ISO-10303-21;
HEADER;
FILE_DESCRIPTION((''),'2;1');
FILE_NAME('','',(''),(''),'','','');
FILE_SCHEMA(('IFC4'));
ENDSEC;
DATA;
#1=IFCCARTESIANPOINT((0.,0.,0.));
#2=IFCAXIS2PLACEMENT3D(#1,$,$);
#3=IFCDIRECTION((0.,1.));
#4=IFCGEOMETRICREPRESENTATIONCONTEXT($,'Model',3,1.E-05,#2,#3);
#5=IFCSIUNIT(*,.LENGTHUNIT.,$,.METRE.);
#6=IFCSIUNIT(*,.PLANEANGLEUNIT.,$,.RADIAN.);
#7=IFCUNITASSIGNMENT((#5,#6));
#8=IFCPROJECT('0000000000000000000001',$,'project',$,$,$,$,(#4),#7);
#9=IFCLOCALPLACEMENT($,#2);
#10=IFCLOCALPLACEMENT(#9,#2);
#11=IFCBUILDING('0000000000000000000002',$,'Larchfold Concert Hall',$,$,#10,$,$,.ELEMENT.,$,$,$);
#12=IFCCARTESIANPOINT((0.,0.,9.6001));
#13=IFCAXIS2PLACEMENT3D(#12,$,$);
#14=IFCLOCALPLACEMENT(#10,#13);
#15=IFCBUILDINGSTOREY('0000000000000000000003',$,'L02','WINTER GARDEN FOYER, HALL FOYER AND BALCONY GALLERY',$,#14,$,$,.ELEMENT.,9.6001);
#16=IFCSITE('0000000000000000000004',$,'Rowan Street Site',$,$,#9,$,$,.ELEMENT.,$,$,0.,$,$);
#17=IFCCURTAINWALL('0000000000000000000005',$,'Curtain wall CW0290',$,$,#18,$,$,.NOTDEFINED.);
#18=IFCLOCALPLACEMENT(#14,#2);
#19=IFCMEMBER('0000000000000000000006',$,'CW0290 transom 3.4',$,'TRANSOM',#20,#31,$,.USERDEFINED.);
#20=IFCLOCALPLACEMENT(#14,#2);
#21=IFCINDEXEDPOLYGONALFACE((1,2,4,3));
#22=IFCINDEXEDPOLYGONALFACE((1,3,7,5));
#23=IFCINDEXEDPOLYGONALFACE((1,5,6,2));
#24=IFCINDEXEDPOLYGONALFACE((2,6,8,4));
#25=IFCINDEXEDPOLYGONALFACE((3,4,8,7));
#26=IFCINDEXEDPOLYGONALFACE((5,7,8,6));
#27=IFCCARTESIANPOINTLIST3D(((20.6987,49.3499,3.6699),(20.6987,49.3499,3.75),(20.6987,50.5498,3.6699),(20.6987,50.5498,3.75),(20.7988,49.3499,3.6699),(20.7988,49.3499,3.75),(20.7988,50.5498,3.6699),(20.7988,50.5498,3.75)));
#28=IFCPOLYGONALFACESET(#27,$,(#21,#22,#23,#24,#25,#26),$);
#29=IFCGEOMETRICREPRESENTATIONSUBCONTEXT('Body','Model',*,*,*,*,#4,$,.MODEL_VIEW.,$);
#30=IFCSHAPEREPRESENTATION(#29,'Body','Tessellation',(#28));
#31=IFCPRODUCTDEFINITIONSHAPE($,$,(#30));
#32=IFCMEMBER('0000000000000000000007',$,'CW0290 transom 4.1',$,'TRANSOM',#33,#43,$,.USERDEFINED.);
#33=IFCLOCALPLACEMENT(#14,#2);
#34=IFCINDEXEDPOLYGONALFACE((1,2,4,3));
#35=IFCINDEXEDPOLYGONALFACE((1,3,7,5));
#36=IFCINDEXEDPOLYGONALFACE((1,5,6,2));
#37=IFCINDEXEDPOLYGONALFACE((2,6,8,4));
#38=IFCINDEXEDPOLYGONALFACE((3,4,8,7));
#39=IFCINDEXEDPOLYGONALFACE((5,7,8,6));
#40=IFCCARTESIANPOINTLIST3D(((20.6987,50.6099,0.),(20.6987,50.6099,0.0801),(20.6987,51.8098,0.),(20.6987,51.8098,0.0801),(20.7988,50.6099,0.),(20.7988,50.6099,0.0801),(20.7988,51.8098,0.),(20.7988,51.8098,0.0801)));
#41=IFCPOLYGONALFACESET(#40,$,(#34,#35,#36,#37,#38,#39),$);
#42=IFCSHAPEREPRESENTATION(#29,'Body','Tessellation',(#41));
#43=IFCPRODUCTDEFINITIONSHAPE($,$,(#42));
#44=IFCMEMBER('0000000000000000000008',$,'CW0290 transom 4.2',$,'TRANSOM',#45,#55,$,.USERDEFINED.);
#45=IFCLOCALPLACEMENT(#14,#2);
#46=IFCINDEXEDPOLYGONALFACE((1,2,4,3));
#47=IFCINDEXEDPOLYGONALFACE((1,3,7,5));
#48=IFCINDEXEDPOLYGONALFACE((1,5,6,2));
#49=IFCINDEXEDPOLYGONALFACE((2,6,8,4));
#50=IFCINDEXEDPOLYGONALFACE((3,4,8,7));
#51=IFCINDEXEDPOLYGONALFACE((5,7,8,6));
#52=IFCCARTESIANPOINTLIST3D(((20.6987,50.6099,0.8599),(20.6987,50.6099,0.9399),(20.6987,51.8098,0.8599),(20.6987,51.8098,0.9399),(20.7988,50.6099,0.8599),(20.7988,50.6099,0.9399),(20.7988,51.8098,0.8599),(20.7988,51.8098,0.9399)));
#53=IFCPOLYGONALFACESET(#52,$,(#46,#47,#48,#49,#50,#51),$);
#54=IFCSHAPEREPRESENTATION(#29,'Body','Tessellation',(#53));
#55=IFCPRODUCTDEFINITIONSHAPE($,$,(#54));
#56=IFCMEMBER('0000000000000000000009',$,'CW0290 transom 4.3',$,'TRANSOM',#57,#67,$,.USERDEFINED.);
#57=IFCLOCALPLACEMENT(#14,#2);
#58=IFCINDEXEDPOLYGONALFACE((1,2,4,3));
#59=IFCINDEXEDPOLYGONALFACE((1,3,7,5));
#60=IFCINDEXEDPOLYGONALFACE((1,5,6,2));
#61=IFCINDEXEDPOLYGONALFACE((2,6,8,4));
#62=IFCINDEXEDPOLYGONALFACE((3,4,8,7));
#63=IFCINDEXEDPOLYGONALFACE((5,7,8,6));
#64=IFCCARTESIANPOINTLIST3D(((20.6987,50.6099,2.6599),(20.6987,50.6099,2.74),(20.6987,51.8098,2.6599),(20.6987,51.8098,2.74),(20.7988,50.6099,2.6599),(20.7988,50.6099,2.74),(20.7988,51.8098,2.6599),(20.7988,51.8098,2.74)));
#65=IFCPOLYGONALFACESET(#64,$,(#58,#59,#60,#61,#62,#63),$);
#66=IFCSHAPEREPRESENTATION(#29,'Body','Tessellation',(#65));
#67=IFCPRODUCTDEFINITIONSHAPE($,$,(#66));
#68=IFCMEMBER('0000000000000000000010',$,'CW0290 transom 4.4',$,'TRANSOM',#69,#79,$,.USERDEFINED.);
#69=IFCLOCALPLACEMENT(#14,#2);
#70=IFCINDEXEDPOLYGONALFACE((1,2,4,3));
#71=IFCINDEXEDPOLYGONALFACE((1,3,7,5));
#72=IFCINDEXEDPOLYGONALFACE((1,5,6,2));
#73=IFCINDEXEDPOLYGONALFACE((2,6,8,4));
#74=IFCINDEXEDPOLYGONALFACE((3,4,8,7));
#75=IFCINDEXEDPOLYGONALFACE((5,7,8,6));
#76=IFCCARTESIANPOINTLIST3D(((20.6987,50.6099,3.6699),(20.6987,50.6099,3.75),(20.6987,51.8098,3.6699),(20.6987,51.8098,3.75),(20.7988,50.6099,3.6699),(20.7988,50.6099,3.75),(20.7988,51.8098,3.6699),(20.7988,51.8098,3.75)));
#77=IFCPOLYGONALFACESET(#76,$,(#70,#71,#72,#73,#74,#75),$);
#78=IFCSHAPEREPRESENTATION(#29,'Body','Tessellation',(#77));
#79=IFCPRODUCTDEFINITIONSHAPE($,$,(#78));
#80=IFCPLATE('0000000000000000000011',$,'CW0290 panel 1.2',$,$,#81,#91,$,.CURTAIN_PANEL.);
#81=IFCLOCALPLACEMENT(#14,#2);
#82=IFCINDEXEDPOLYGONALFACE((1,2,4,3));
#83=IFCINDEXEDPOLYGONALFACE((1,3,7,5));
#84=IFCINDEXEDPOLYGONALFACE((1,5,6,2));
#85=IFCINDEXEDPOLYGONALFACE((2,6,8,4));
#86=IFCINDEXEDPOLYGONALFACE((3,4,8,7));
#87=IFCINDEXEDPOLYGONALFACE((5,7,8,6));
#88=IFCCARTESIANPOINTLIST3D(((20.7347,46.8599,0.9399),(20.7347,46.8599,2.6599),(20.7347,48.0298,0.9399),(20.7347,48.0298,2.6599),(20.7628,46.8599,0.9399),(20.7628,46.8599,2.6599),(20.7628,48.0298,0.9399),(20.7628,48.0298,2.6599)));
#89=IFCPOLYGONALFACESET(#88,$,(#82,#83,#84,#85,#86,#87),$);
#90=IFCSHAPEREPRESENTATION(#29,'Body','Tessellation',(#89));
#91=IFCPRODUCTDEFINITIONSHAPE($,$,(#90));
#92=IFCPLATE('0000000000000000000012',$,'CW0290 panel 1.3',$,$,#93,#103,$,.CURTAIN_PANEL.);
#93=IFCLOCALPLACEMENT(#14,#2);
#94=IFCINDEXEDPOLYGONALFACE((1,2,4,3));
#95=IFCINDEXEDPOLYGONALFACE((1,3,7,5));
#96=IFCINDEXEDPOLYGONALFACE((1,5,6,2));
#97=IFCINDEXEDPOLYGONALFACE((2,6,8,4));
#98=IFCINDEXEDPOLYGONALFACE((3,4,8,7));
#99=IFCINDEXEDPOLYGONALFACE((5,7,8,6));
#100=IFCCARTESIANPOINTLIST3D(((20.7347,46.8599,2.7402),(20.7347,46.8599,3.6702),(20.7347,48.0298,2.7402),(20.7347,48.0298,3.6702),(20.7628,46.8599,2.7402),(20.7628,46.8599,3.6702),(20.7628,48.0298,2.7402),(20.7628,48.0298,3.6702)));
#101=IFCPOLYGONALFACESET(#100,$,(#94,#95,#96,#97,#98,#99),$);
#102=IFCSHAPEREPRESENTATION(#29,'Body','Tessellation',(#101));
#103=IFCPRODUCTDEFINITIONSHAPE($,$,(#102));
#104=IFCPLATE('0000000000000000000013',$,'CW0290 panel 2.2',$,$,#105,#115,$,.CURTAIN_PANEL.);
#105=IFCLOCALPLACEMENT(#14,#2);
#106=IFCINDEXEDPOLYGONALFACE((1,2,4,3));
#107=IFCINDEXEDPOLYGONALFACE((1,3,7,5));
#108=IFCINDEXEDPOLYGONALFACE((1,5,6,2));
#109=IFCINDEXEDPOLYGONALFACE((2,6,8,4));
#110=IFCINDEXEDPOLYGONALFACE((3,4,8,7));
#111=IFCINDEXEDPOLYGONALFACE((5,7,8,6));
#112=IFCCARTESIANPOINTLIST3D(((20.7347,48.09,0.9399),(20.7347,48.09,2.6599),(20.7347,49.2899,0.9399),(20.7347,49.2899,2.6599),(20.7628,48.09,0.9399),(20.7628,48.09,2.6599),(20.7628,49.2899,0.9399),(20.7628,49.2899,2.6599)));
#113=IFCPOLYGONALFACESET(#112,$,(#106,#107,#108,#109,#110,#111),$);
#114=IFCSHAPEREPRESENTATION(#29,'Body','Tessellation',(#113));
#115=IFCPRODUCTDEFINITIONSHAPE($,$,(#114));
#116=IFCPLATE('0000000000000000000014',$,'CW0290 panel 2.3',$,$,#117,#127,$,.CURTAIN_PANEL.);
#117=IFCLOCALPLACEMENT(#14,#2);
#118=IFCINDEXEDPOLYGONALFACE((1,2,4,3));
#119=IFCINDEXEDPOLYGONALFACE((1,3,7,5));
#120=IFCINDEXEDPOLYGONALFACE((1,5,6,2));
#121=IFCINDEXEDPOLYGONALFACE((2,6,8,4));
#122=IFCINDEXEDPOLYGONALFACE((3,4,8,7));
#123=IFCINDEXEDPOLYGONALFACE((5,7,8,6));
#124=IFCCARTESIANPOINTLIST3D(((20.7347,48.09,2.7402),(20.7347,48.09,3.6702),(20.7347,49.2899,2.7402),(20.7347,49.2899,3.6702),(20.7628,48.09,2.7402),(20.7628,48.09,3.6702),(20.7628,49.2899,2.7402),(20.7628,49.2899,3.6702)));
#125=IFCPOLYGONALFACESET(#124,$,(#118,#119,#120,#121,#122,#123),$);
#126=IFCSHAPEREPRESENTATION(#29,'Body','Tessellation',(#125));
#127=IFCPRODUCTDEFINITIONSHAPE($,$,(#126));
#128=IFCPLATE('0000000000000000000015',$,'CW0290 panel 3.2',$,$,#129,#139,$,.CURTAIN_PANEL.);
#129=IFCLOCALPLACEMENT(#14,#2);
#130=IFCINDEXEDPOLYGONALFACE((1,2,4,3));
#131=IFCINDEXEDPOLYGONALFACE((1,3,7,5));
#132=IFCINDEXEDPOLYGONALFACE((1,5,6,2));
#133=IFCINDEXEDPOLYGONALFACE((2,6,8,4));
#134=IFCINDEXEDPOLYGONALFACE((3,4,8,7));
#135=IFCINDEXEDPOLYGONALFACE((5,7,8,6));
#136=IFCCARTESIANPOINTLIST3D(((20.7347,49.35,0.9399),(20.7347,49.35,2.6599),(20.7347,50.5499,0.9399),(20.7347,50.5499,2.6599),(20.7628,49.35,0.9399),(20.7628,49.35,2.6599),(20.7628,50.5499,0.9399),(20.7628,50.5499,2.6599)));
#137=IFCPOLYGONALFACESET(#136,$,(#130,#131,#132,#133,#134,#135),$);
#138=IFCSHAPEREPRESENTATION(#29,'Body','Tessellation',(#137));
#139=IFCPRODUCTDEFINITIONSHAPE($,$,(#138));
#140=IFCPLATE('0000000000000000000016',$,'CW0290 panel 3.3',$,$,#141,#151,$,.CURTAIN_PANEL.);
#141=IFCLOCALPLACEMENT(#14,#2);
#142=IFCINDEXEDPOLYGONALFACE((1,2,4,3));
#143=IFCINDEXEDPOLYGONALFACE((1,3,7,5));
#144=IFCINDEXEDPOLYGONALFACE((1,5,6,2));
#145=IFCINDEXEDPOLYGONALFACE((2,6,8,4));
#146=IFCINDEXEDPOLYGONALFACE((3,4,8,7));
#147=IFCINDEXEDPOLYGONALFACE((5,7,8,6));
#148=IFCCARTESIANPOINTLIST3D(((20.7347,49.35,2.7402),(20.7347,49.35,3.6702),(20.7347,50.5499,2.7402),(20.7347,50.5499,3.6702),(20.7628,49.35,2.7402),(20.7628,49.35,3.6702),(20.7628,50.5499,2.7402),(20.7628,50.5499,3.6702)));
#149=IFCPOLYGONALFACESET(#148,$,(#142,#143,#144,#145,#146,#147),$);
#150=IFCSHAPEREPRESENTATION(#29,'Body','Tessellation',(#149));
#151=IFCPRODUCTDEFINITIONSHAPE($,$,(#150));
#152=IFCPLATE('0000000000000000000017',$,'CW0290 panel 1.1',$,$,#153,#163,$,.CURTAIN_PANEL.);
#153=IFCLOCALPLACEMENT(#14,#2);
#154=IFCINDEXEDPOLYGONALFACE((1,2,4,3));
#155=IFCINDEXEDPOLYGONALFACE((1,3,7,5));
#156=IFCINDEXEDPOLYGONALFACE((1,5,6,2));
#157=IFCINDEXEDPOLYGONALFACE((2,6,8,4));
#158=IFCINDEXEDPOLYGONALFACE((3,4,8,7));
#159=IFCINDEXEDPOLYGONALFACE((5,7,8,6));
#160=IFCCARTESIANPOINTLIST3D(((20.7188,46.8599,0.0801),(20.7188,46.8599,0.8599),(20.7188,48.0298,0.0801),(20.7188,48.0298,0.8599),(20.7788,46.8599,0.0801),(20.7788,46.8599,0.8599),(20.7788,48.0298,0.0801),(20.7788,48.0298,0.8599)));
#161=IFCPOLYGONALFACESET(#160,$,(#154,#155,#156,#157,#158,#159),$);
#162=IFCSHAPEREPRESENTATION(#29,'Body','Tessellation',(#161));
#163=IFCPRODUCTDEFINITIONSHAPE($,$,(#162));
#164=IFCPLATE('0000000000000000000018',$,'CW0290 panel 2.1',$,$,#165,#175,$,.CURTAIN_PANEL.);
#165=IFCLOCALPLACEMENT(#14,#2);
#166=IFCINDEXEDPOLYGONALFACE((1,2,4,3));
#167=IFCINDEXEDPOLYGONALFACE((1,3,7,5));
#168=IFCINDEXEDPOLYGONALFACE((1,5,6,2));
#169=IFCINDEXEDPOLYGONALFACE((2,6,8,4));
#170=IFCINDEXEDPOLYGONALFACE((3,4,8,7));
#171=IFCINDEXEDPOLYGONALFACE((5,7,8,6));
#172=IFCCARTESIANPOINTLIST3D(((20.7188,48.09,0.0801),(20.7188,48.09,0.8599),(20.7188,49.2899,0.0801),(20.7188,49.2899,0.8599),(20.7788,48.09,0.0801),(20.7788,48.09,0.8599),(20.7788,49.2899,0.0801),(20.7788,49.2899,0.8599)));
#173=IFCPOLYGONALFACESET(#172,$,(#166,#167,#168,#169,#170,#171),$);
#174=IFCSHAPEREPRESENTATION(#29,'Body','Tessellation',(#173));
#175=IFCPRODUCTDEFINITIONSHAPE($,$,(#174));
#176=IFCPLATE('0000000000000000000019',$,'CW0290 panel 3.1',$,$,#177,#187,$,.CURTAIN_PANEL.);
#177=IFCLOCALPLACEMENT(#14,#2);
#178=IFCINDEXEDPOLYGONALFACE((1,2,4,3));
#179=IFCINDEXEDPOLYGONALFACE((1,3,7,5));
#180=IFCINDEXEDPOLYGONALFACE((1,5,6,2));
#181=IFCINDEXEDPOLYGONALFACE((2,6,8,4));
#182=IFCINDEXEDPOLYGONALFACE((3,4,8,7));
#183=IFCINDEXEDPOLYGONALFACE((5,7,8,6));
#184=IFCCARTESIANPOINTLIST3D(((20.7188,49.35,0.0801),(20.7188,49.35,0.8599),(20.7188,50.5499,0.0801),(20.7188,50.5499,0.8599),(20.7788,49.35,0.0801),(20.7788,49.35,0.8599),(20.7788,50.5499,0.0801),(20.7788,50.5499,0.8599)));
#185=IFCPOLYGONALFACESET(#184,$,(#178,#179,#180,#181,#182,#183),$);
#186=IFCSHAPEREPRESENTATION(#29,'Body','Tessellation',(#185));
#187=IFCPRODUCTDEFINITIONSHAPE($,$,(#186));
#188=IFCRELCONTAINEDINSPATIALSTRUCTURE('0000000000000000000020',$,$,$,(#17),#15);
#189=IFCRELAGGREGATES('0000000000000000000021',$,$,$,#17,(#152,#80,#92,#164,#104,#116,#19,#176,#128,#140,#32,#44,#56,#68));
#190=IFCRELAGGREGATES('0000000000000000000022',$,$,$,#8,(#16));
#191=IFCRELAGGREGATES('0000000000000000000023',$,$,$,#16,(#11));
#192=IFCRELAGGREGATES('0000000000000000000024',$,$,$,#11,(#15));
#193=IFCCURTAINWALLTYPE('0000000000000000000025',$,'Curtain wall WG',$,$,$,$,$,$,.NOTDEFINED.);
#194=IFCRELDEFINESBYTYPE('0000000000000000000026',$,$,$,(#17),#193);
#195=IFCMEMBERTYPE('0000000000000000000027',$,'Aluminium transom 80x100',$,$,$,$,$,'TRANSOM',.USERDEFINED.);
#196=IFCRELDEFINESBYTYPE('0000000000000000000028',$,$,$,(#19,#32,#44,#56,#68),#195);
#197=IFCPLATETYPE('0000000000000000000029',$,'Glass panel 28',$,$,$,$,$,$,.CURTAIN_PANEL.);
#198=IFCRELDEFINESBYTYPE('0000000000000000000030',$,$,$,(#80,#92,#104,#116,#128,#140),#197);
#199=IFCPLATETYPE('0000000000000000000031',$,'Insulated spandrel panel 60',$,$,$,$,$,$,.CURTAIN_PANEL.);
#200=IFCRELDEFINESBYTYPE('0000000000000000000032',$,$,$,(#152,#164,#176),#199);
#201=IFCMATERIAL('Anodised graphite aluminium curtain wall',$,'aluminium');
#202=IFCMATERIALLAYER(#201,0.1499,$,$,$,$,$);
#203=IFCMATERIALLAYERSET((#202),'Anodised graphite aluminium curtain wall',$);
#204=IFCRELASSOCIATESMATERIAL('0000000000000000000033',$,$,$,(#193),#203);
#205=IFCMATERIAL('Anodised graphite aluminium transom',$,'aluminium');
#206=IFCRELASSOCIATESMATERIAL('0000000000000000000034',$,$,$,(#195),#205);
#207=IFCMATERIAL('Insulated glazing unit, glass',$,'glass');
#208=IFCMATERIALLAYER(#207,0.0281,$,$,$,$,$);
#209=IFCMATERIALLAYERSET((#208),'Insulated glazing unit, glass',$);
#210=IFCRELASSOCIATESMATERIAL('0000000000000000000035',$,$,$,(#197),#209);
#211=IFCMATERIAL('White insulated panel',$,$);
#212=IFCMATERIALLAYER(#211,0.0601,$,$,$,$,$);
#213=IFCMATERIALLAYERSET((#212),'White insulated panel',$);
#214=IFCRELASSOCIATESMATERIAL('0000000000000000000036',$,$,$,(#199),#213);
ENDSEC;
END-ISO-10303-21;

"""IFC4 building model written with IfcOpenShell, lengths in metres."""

from ifc_helpers import new_model, si_unit, direction, frame, origin, origin_2d, place, context, subcontext, project, spatial, rectangle, extrude, material, layer, layer_set, material_profile, profile_set, type_object, element, aggregate, save


model = new_model("IFC4")

# Units and contexts
model_context = context("Model", 3, precision=1e-05, world=origin(), true_north=direction((0.0, 1.0)))
body_context = subcontext(model_context, "Body", "Model", "MODEL_VIEW")
ifc_project = project(units=[si_unit("LENGTHUNIT", "METRE"), si_unit("PLANEANGLEUNIT", "RADIAN")], contexts=[model_context])

# Site, building, storey
site_placement = place(None, origin())
site = spatial("IfcSite", under=ifc_project, at=site_placement, Name="Rowan Street Site", CompositionType="ELEMENT", RefElevation=0.0)
building_placement = place(site_placement, origin())
building = spatial("IfcBuilding", under=site, at=building_placement, Name="Larchfold Concert Hall", CompositionType="ELEMENT")
storey_placement = place(building_placement, frame((0.0, 0.0, 9.6001)))
storey = spatial("IfcBuildingStorey", under=building, at=storey_placement, Name="L02", Description="WINTER GARDEN FOYER, HALL FOYER AND BALCONY GALLERY", CompositionType="ELEMENT", Elevation=9.6001)

# Curtain wall, members, plates
ifc_material_1 = material(Name="Anodised graphite aluminium curtain wall", Category="aluminium")
ifc_layer_1 = layer(ifc_material_1, 0.1499)
ifc_layer_set_1 = layer_set([ifc_layer_1], Name="Anodised graphite aluminium curtain wall")
curtain_wall_type = type_object("IfcCurtainWallType", Name="Curtain wall WG", PredefinedType="NOTDEFINED", material=ifc_layer_set_1)
curtain_wall_placement = place(storey_placement, origin())
curtain_wall = element("IfcCurtainWall", 1, at=curtain_wall_placement, inside=storey, type_object=curtain_wall_type, Name="Curtain wall CW0290", PredefinedType="NOTDEFINED")
ifc_material_2 = material(Name="Anodised graphite aluminium transom", Category="aluminium")
ifc_material_profile_1 = material_profile(ifc_material_2, rectangle(XDim=0.1001, YDim=0.0801, at=origin_2d()))
ifc_profile_set_1 = profile_set([ifc_material_profile_1], Name="Anodised graphite aluminium transom")
member_type_1 = type_object("IfcMemberType", Name="Aluminium transom 80x100", ElementType="TRANSOM", PredefinedType="USERDEFINED", material=ifc_profile_set_1)
member_1_placement = place(storey_placement, frame((20.7488, 49.3499, 3.71), z_axis=(0.0, 1.0, 0.0), x_axis=(-1.0, 0.0, 0.0)))
member_1 = element("IfcMember", 2, at=member_1_placement, type_object=member_type_1, Name="CW0290 transom 3.4", ObjectType="TRANSOM", PredefinedType="USERDEFINED", context=body_context, shape_type="SweptSolid", body=[
    extrude(rectangle(XDim=0.1001, YDim=0.0801, at=origin_2d()), origin(), (0.0, 0.0, 1.0), 1.2),
])
member_2_placement = place(storey_placement, frame((20.7488, 50.6099, 0.04), z_axis=(0.0, 1.0, 0.0), x_axis=(-1.0, 0.0, 0.0)))
member_2 = element("IfcMember", 3, at=member_2_placement, type_object=member_type_1, Name="CW0290 transom 4.1", ObjectType="TRANSOM", PredefinedType="USERDEFINED", context=body_context, shape_type="SweptSolid", body=[
    extrude(rectangle(XDim=0.1001, YDim=0.0801, at=origin_2d()), origin(), (0.0, 0.0, 1.0), 1.2),
])
member_3_placement = place(storey_placement, frame((20.7488, 50.6099, 0.8999), z_axis=(0.0, 1.0, 0.0), x_axis=(-1.0, 0.0, 0.0)))
member_3 = element("IfcMember", 4, at=member_3_placement, type_object=member_type_1, Name="CW0290 transom 4.2", ObjectType="TRANSOM", PredefinedType="USERDEFINED", context=body_context, shape_type="SweptSolid", body=[
    extrude(rectangle(XDim=0.1001, YDim=0.0801, at=origin_2d()), origin(), (0.0, 0.0, 1.0), 1.2),
])
member_4_placement = place(storey_placement, frame((20.7488, 50.6099, 2.7), z_axis=(0.0, 1.0, 0.0), x_axis=(-1.0, 0.0, 0.0)))
member_4 = element("IfcMember", 5, at=member_4_placement, type_object=member_type_1, Name="CW0290 transom 4.3", ObjectType="TRANSOM", PredefinedType="USERDEFINED", context=body_context, shape_type="SweptSolid", body=[
    extrude(rectangle(XDim=0.1001, YDim=0.0801, at=origin_2d()), origin(), (0.0, 0.0, 1.0), 1.2),
])
member_5_placement = place(storey_placement, frame((20.7488, 50.6099, 3.71), z_axis=(0.0, 1.0, 0.0), x_axis=(-1.0, 0.0, 0.0)))
member_5 = element("IfcMember", 6, at=member_5_placement, type_object=member_type_1, Name="CW0290 transom 4.4", ObjectType="TRANSOM", PredefinedType="USERDEFINED", context=body_context, shape_type="SweptSolid", body=[
    extrude(rectangle(XDim=0.1001, YDim=0.0801, at=origin_2d()), origin(), (0.0, 0.0, 1.0), 1.2),
])
ifc_material_3 = material(Name="Insulated glazing unit, glass", Category="glass")
ifc_layer_2 = layer(ifc_material_3, 0.0281)
ifc_layer_set_2 = layer_set([ifc_layer_2], Name="Insulated glazing unit, glass")
plate_type_1 = type_object("IfcPlateType", Name="Glass panel 28", PredefinedType="CURTAIN_PANEL", material=ifc_layer_set_2)
plate_1_placement = place(storey_placement, frame((20.7488, 47.4448, 0.9399), z_axis=(0.0, 0.0, 1.0), x_axis=(0.0, 1.0, 0.0)))
plate_1 = element("IfcPlate", 7, at=plate_1_placement, type_object=plate_type_1, Name="CW0290 panel 1.2", PredefinedType="CURTAIN_PANEL", context=body_context, shape_type="SweptSolid", body=[
    extrude(rectangle(XDim=1.1699, YDim=0.0281, at=origin_2d()), origin(), (0.0, 0.0, 1.0), 1.72),
])
plate_2_placement = place(storey_placement, frame((20.7488, 47.4448, 2.7402), z_axis=(0.0, 0.0, 1.0), x_axis=(0.0, 1.0, 0.0)))
plate_2 = element("IfcPlate", 8, at=plate_2_placement, type_object=plate_type_1, Name="CW0290 panel 1.3", PredefinedType="CURTAIN_PANEL", context=body_context, shape_type="SweptSolid", body=[
    extrude(rectangle(XDim=1.1699, YDim=0.0281, at=origin_2d()), origin(), (0.0, 0.0, 1.0), 0.9299),
])
plate_3_placement = place(storey_placement, frame((20.7488, 48.6899, 0.9399), z_axis=(0.0, 0.0, 1.0), x_axis=(0.0, 1.0, 0.0)))
plate_3 = element("IfcPlate", 9, at=plate_3_placement, type_object=plate_type_1, Name="CW0290 panel 2.2", PredefinedType="CURTAIN_PANEL", context=body_context, shape_type="SweptSolid", body=[
    extrude(rectangle(XDim=1.2, YDim=0.0281, at=origin_2d()), origin(), (0.0, 0.0, 1.0), 1.72),
])
plate_4_placement = place(storey_placement, frame((20.7488, 48.6899, 2.7402), z_axis=(0.0, 0.0, 1.0), x_axis=(0.0, 1.0, 0.0)))
plate_4 = element("IfcPlate", 10, at=plate_4_placement, type_object=plate_type_1, Name="CW0290 panel 2.3", PredefinedType="CURTAIN_PANEL", context=body_context, shape_type="SweptSolid", body=[
    extrude(rectangle(XDim=1.2, YDim=0.0281, at=origin_2d()), origin(), (0.0, 0.0, 1.0), 0.9299),
])
plate_5_placement = place(storey_placement, frame((20.7488, 49.95, 0.9399), z_axis=(0.0, 0.0, 1.0), x_axis=(0.0, 1.0, 0.0)))
plate_5 = element("IfcPlate", 11, at=plate_5_placement, type_object=plate_type_1, Name="CW0290 panel 3.2", PredefinedType="CURTAIN_PANEL", context=body_context, shape_type="SweptSolid", body=[
    extrude(rectangle(XDim=1.2, YDim=0.0281, at=origin_2d()), origin(), (0.0, 0.0, 1.0), 1.72),
])
plate_6_placement = place(storey_placement, frame((20.7488, 49.95, 2.7402), z_axis=(0.0, 0.0, 1.0), x_axis=(0.0, 1.0, 0.0)))
plate_6 = element("IfcPlate", 12, at=plate_6_placement, type_object=plate_type_1, Name="CW0290 panel 3.3", PredefinedType="CURTAIN_PANEL", context=body_context, shape_type="SweptSolid", body=[
    extrude(rectangle(XDim=1.2, YDim=0.0281, at=origin_2d()), origin(), (0.0, 0.0, 1.0), 0.9299),
])
ifc_material_4 = material(Name="White insulated panel")
ifc_layer_3 = layer(ifc_material_4, 0.0601)
ifc_layer_set_3 = layer_set([ifc_layer_3], Name="White insulated panel")
plate_type_2 = type_object("IfcPlateType", Name="Insulated spandrel panel 60", PredefinedType="CURTAIN_PANEL", material=ifc_layer_set_3)
plate_7_placement = place(storey_placement, frame((20.7488, 47.4448, 0.0801), z_axis=(0.0, 0.0, 1.0), x_axis=(0.0, 1.0, 0.0)))
plate_7 = element("IfcPlate", 13, at=plate_7_placement, type_object=plate_type_2, Name="CW0290 panel 1.1", PredefinedType="CURTAIN_PANEL", context=body_context, shape_type="SweptSolid", body=[
    extrude(rectangle(XDim=1.1699, YDim=0.0601, at=origin_2d()), origin(), (0.0, 0.0, 1.0), 0.7798),
])
plate_8_placement = place(storey_placement, frame((20.7488, 48.6899, 0.0801), z_axis=(0.0, 0.0, 1.0), x_axis=(0.0, 1.0, 0.0)))
plate_8 = element("IfcPlate", 14, at=plate_8_placement, type_object=plate_type_2, Name="CW0290 panel 2.1", PredefinedType="CURTAIN_PANEL", context=body_context, shape_type="SweptSolid", body=[
    extrude(rectangle(XDim=1.2, YDim=0.0601, at=origin_2d()), origin(), (0.0, 0.0, 1.0), 0.7798),
])
plate_9_placement = place(storey_placement, frame((20.7488, 49.95, 0.0801), z_axis=(0.0, 0.0, 1.0), x_axis=(0.0, 1.0, 0.0)))
plate_9 = element("IfcPlate", 15, at=plate_9_placement, type_object=plate_type_2, Name="CW0290 panel 3.1", PredefinedType="CURTAIN_PANEL", context=body_context, shape_type="SweptSolid", body=[
    extrude(rectangle(XDim=1.2, YDim=0.0601, at=origin_2d()), origin(), (0.0, 0.0, 1.0), 0.7798),
])
aggregate(curtain_wall, [plate_7, plate_1, plate_2, plate_8, plate_3, plate_4, member_1, plate_9, plate_5, plate_6, member_2, member_3, member_4, member_5])

save(model, "model.ifc")
